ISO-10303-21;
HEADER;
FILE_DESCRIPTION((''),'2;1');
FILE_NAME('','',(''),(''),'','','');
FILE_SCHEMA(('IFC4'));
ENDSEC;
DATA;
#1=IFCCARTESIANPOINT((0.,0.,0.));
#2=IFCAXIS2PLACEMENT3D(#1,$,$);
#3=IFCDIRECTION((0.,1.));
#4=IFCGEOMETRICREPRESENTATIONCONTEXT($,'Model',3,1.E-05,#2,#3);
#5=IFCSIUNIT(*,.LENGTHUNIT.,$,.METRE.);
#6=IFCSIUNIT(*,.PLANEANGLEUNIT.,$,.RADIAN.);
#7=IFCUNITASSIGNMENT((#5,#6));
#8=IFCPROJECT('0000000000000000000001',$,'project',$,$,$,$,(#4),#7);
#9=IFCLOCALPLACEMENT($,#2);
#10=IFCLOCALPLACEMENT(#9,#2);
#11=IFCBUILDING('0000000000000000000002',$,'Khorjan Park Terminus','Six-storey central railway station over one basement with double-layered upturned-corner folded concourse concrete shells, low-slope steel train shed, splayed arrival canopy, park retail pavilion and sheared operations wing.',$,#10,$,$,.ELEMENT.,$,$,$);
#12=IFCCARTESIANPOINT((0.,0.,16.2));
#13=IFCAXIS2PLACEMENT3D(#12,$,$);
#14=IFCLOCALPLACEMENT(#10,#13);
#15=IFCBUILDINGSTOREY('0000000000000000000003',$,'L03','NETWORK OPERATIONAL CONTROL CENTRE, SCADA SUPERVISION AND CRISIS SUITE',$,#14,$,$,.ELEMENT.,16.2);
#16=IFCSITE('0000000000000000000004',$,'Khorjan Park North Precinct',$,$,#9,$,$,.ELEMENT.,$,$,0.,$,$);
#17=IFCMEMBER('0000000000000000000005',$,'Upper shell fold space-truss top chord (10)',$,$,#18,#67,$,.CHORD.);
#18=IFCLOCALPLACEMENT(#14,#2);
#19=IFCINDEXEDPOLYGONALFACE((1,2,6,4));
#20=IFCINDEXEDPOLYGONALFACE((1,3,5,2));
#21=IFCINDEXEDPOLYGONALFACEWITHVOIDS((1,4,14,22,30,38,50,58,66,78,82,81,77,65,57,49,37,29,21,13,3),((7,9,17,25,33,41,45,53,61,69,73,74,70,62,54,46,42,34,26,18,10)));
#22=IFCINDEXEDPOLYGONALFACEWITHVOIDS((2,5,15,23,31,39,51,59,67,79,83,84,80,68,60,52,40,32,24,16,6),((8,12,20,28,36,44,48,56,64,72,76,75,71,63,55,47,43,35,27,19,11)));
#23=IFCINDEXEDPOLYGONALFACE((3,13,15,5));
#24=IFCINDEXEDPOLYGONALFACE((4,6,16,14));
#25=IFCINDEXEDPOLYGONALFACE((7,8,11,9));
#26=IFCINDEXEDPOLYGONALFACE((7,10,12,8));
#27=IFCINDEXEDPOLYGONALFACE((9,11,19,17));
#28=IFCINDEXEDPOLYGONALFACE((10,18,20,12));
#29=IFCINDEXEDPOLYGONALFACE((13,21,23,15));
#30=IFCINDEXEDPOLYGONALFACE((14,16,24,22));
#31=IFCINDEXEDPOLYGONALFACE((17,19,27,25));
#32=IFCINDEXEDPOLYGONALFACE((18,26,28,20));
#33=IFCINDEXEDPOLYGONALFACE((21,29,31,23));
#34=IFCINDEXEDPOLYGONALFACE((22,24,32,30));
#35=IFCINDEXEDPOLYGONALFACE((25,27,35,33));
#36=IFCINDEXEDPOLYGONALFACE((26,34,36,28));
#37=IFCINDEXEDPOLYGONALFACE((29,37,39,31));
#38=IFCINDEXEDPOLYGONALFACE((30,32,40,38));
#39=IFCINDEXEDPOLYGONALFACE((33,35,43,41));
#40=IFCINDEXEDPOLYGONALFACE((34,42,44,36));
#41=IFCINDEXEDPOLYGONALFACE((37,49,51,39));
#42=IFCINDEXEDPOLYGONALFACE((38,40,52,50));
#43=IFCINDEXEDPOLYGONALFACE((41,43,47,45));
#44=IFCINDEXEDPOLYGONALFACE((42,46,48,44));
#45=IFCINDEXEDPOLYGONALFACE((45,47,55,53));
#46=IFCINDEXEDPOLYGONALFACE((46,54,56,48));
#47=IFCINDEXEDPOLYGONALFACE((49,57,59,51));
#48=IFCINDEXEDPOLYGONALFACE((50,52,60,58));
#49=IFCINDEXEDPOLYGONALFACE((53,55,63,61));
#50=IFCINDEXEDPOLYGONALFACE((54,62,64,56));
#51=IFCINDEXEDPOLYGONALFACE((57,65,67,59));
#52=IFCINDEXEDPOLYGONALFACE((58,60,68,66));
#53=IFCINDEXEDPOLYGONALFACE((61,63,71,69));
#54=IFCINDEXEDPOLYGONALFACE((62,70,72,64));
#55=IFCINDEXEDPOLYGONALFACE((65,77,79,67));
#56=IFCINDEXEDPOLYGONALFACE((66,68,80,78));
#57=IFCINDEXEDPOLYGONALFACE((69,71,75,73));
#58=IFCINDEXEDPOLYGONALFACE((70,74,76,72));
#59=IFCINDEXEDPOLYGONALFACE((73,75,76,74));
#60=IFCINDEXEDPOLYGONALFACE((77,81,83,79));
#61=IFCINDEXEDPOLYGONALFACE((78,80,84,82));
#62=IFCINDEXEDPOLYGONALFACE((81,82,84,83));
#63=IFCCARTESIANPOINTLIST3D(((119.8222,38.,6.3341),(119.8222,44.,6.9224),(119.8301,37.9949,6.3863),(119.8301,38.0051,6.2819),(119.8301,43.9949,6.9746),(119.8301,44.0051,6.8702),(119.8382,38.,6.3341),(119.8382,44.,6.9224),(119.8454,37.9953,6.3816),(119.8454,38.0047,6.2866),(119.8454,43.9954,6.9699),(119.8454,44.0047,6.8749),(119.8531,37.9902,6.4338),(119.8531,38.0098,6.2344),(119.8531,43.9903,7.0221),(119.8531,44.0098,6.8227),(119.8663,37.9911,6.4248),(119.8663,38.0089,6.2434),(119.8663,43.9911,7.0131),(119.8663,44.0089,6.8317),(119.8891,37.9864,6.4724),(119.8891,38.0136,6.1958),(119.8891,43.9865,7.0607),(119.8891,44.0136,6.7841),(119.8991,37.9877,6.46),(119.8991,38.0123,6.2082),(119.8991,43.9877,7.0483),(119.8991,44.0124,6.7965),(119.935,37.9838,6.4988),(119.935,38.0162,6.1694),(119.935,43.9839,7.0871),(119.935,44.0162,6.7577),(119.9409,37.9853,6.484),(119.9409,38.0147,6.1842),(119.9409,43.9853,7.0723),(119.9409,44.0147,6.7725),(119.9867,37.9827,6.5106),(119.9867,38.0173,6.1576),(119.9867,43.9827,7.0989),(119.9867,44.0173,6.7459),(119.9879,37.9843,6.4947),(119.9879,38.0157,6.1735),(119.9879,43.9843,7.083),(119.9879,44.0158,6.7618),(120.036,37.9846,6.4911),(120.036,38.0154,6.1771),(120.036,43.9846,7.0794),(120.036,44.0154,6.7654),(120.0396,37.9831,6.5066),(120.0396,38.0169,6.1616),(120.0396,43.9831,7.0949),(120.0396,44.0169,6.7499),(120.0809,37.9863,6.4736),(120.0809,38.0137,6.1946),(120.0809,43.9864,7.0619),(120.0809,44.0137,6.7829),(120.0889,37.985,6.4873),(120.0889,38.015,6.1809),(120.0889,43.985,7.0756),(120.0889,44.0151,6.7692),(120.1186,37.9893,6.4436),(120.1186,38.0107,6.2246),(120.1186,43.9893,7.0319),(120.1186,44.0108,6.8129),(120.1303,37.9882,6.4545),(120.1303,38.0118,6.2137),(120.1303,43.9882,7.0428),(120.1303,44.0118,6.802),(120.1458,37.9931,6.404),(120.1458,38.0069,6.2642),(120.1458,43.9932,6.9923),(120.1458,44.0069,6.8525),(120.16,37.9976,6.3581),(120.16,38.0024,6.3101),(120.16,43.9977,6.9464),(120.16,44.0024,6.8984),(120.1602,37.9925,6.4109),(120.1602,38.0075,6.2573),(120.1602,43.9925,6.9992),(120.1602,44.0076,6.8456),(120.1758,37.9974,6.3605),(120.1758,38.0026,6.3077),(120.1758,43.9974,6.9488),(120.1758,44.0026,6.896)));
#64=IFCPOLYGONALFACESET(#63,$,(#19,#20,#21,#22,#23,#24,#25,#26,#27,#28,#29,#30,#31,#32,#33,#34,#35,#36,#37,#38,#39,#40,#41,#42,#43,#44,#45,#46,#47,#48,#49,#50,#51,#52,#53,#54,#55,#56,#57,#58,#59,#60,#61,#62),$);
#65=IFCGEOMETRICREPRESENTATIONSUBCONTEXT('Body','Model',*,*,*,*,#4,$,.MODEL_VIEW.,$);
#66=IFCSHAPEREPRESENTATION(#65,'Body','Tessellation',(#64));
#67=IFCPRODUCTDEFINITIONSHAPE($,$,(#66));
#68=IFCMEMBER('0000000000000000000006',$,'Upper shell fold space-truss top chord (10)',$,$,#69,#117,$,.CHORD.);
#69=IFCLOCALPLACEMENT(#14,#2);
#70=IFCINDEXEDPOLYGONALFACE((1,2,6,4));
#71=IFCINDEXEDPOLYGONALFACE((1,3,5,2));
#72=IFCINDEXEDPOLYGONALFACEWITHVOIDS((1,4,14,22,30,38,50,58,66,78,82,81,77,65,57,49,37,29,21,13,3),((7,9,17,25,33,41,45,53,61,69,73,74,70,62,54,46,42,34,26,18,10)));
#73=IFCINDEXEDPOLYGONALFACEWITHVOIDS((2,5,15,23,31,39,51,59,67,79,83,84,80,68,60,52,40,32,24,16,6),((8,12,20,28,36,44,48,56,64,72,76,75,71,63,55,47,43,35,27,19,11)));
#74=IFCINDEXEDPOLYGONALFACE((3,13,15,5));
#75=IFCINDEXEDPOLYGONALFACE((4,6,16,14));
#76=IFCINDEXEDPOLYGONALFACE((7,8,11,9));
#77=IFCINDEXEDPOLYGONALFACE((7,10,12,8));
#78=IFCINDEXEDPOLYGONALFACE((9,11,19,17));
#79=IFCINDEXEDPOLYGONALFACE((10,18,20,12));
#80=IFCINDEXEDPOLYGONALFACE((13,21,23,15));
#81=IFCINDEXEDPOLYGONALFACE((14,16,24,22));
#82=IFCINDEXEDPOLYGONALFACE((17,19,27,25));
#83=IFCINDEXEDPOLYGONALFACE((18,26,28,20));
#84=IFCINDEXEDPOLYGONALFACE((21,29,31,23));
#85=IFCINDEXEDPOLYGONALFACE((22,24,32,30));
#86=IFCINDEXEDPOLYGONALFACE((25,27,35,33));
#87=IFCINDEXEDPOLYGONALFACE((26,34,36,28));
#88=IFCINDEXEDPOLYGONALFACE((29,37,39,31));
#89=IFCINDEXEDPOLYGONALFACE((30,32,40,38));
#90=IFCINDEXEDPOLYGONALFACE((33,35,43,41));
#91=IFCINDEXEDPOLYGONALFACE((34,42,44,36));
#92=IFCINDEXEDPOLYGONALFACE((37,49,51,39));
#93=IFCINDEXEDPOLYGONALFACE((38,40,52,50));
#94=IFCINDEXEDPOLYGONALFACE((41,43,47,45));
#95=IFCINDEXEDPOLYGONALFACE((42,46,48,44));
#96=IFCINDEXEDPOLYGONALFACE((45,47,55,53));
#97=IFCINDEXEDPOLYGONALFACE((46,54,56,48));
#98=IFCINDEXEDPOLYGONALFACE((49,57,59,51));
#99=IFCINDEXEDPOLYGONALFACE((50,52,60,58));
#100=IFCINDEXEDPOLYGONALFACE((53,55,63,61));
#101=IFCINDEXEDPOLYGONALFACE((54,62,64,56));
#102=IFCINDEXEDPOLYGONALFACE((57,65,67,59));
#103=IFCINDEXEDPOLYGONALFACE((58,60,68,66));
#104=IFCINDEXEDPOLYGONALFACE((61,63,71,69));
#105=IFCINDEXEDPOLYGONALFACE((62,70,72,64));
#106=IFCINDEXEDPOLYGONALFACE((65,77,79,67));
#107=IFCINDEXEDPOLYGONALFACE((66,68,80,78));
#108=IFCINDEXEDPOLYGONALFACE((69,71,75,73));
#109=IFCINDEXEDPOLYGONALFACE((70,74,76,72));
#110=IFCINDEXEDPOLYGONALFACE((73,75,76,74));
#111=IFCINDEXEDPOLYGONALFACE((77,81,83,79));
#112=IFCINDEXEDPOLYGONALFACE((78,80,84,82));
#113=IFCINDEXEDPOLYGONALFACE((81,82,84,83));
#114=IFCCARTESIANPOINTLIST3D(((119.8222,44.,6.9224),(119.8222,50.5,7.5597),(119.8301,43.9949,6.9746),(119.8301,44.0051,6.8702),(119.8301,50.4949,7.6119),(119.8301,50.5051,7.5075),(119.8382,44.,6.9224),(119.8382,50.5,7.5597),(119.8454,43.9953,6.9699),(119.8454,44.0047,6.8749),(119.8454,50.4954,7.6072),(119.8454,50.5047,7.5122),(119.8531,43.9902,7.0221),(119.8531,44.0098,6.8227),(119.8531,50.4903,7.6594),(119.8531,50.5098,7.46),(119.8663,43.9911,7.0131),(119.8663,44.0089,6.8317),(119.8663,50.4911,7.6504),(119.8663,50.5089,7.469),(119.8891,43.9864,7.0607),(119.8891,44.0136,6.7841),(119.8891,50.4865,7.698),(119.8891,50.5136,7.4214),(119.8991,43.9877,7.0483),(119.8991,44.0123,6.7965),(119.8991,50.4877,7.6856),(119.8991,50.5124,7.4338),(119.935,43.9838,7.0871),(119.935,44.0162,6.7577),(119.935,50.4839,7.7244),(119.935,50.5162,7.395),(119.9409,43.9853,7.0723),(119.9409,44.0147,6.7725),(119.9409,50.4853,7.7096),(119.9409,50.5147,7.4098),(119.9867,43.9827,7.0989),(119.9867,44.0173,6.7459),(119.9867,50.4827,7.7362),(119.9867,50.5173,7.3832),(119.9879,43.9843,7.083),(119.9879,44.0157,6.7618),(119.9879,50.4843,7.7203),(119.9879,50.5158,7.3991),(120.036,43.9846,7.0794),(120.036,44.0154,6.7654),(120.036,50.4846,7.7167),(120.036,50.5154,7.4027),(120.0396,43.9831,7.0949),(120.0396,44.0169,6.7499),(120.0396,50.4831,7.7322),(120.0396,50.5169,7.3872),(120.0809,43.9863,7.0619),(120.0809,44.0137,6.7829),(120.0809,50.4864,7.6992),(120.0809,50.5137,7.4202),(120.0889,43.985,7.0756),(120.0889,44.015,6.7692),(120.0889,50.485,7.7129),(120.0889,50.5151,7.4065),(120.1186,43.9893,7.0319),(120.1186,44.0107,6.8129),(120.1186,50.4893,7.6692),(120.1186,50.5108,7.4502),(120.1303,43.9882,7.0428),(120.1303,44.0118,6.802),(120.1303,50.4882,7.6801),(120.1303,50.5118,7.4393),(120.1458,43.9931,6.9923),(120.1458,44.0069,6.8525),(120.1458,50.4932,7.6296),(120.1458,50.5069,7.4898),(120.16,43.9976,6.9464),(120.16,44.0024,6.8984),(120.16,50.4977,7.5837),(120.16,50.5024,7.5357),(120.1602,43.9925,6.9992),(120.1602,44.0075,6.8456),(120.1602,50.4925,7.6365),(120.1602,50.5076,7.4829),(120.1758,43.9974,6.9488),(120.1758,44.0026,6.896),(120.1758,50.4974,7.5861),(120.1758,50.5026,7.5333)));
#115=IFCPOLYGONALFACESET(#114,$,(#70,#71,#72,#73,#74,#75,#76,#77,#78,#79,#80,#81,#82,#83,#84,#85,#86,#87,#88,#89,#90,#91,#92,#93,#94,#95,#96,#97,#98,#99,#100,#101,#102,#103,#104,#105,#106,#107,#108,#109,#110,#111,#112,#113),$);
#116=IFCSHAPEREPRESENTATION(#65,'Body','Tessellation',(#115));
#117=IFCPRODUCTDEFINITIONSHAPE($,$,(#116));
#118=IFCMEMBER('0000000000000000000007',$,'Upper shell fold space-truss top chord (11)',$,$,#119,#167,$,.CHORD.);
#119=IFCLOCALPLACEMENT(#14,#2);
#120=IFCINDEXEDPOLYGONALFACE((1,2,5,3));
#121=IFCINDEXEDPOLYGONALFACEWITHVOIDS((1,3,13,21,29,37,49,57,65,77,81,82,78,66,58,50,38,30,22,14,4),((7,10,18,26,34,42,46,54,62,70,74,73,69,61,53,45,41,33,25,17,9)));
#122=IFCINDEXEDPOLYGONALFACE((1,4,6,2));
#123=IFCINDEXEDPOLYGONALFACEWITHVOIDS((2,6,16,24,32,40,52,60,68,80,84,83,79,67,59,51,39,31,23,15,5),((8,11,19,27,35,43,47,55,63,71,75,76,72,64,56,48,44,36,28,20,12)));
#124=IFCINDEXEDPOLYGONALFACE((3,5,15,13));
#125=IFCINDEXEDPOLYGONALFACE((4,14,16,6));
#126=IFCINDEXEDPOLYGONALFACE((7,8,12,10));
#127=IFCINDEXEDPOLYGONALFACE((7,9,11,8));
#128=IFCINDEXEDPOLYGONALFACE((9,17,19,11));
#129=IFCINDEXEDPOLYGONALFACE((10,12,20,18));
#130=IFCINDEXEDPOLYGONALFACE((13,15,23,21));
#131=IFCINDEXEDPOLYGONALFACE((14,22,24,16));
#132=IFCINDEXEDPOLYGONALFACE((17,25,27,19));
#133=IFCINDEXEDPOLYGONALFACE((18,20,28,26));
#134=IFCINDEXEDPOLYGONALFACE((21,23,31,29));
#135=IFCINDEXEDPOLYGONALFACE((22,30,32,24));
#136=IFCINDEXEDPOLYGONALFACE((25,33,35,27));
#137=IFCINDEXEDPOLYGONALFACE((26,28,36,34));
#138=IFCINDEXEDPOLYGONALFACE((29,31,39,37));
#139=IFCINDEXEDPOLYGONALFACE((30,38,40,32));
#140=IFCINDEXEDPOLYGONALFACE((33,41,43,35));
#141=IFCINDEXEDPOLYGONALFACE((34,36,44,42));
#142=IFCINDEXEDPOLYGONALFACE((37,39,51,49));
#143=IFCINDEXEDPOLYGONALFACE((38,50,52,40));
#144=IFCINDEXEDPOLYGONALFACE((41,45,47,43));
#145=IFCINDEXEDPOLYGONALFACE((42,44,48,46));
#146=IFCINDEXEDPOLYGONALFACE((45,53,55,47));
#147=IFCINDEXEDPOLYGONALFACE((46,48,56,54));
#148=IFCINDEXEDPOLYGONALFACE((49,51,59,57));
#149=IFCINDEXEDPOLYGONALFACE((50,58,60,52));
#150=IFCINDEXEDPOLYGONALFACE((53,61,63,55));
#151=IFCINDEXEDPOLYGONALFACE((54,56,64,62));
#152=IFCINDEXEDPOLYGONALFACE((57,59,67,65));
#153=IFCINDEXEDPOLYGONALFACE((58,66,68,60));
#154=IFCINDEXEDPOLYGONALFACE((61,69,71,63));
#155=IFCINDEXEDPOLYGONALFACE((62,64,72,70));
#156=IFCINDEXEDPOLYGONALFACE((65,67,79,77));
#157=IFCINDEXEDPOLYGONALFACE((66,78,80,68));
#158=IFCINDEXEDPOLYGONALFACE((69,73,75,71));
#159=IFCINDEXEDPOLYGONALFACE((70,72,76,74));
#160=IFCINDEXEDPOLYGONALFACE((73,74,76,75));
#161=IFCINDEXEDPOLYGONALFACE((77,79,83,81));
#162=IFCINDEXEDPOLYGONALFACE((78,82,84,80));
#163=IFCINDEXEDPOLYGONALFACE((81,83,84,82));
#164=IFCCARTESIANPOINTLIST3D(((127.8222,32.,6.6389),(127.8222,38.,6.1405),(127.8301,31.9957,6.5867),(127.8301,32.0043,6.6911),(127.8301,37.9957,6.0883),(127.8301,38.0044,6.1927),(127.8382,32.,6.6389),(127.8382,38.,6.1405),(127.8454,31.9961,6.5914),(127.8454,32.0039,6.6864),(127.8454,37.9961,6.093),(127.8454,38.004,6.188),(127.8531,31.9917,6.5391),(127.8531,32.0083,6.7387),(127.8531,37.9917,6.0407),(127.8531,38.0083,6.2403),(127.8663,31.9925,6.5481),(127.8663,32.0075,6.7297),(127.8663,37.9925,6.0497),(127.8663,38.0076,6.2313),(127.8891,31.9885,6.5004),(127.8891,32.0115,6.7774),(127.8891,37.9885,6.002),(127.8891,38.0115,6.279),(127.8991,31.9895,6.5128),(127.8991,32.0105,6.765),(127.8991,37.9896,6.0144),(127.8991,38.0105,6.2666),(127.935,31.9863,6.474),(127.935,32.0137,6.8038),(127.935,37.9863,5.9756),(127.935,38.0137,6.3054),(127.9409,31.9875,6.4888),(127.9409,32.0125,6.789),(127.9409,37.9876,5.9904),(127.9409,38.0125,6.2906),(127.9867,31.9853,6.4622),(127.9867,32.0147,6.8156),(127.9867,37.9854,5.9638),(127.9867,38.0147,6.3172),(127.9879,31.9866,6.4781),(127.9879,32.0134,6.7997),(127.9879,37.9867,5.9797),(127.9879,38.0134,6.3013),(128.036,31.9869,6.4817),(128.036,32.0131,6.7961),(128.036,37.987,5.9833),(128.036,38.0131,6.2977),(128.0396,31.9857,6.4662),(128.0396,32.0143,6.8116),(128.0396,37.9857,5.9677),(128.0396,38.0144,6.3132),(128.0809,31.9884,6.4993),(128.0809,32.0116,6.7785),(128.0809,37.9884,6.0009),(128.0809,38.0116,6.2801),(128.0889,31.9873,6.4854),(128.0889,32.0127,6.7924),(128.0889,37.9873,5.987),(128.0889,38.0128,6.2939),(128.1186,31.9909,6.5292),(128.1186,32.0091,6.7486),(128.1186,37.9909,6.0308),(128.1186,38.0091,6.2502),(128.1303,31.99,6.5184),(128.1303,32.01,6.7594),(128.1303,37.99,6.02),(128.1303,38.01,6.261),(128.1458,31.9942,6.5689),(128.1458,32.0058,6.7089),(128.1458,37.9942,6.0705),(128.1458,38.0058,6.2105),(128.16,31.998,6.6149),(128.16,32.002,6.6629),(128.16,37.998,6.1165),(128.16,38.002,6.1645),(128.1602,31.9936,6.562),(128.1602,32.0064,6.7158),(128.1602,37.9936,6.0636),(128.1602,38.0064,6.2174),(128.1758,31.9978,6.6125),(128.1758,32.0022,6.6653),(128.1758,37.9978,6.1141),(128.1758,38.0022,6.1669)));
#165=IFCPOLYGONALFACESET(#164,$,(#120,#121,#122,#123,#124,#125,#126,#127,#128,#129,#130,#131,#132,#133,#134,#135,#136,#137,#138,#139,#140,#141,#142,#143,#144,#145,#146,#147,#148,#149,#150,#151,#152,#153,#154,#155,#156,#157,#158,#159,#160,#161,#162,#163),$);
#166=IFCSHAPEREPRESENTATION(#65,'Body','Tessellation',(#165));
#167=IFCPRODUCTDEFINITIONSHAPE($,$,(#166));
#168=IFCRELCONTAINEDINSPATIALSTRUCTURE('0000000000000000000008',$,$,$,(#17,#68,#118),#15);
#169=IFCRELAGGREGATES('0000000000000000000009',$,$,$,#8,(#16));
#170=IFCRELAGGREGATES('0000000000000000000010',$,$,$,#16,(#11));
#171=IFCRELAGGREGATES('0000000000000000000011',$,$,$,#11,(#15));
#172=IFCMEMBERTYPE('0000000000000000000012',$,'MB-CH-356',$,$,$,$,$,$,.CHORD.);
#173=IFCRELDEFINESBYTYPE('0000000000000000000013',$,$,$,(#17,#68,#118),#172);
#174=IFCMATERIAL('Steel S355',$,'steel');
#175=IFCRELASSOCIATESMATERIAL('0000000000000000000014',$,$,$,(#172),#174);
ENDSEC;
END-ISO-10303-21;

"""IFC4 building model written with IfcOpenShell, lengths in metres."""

from ifc_helpers import new_model, si_unit, direction, frame, origin, origin_2d, place, context, subcontext, project, spatial, hollow_circle, extrude, material, material_profile, profile_set, type_object, element, save


model = new_model("IFC4")

# Units and contexts
model_context = context("Model", 3, precision=1e-05, world=origin(), true_north=direction((0.0, 1.0)))
body_context = subcontext(model_context, "Body", "Model", "MODEL_VIEW")
ifc_project = project(units=[si_unit("LENGTHUNIT", "METRE"), si_unit("PLANEANGLEUNIT", "RADIAN")], contexts=[model_context])

# Site, building, storey
site_placement = place(None, origin())
site = spatial("IfcSite", under=ifc_project, at=site_placement, Name="Khorjan Park North Precinct", CompositionType="ELEMENT", RefElevation=0.0)
building_placement = place(site_placement, origin())
building = spatial("IfcBuilding", under=site, at=building_placement, Name="Khorjan Park Terminus", Description="Six-storey central railway station over one basement with double-layered upturned-corner folded concourse concrete shells, low-slope steel train shed, splayed arrival canopy, park retail pavilion and sheared operations wing.", CompositionType="ELEMENT")
storey_placement = place(building_placement, frame((0.0, 0.0, 16.2)))
storey = spatial("IfcBuildingStorey", under=building, at=storey_placement, Name="L03", Description="NETWORK OPERATIONAL CONTROL CENTRE, SCADA SUPERVISION AND CRISIS SUITE", CompositionType="ELEMENT", Elevation=16.2)

# Members
ifc_material = material(Name="Steel S355", Category="steel")
ifc_material_profile_1 = material_profile(ifc_material, hollow_circle(Radius=0.1778, WallThickness=0.016, at=origin_2d()), Name="CHS 355.6x16")
ifc_profile_set_1 = profile_set([ifc_material_profile_1], Name="Steel S355")
member_type_1 = type_object("IfcMemberType", Name="MB-CH-356", PredefinedType="CHORD", material=ifc_profile_set_1)
member_1_placement = place(storey_placement, frame((120.0, 38.0, 6.3341), z_axis=(0.0, 0.995227, 0.097582), x_axis=(-1.0, 0.0, 0.0)))
element("IfcMember", 1, at=member_1_placement, inside=storey, type_object=member_type_1, Name="Upper shell fold space-truss top chord (10)", PredefinedType="CHORD", context=body_context, shape_type="SweptSolid", body=[
    extrude(hollow_circle(Radius=0.1778, WallThickness=0.016, at=origin_2d()), origin(), (0.0, 0.0, 1.0), 6.0288),
])
member_2_placement = place(storey_placement, frame((120.0, 44.0, 6.9224), z_axis=(0.0, 0.995228, 0.097578), x_axis=(-1.0, 0.0, 0.0)))
element("IfcMember", 2, at=member_2_placement, inside=storey, type_object=member_type_1, Name="Upper shell fold space-truss top chord (10)", PredefinedType="CHORD", context=body_context, shape_type="SweptSolid", body=[
    extrude(hollow_circle(Radius=0.1778, WallThickness=0.016, at=origin_2d()), origin(), (0.0, 0.0, 1.0), 6.5312),
])
member_3_placement = place(storey_placement, frame((128.0, 32.0, 6.6389), z_axis=(0.0, 0.996568, -0.082782), x_axis=(-1.0, 0.0, 0.0)))
element("IfcMember", 3, at=member_3_placement, inside=storey, type_object=member_type_1, Name="Upper shell fold space-truss top chord (11)", PredefinedType="CHORD", context=body_context, shape_type="SweptSolid", body=[
    extrude(hollow_circle(Radius=0.1778, WallThickness=0.016, at=origin_2d()), origin(), (0.0, 0.0, 1.0), 6.0207),
])

save(model, "model.ifc")
